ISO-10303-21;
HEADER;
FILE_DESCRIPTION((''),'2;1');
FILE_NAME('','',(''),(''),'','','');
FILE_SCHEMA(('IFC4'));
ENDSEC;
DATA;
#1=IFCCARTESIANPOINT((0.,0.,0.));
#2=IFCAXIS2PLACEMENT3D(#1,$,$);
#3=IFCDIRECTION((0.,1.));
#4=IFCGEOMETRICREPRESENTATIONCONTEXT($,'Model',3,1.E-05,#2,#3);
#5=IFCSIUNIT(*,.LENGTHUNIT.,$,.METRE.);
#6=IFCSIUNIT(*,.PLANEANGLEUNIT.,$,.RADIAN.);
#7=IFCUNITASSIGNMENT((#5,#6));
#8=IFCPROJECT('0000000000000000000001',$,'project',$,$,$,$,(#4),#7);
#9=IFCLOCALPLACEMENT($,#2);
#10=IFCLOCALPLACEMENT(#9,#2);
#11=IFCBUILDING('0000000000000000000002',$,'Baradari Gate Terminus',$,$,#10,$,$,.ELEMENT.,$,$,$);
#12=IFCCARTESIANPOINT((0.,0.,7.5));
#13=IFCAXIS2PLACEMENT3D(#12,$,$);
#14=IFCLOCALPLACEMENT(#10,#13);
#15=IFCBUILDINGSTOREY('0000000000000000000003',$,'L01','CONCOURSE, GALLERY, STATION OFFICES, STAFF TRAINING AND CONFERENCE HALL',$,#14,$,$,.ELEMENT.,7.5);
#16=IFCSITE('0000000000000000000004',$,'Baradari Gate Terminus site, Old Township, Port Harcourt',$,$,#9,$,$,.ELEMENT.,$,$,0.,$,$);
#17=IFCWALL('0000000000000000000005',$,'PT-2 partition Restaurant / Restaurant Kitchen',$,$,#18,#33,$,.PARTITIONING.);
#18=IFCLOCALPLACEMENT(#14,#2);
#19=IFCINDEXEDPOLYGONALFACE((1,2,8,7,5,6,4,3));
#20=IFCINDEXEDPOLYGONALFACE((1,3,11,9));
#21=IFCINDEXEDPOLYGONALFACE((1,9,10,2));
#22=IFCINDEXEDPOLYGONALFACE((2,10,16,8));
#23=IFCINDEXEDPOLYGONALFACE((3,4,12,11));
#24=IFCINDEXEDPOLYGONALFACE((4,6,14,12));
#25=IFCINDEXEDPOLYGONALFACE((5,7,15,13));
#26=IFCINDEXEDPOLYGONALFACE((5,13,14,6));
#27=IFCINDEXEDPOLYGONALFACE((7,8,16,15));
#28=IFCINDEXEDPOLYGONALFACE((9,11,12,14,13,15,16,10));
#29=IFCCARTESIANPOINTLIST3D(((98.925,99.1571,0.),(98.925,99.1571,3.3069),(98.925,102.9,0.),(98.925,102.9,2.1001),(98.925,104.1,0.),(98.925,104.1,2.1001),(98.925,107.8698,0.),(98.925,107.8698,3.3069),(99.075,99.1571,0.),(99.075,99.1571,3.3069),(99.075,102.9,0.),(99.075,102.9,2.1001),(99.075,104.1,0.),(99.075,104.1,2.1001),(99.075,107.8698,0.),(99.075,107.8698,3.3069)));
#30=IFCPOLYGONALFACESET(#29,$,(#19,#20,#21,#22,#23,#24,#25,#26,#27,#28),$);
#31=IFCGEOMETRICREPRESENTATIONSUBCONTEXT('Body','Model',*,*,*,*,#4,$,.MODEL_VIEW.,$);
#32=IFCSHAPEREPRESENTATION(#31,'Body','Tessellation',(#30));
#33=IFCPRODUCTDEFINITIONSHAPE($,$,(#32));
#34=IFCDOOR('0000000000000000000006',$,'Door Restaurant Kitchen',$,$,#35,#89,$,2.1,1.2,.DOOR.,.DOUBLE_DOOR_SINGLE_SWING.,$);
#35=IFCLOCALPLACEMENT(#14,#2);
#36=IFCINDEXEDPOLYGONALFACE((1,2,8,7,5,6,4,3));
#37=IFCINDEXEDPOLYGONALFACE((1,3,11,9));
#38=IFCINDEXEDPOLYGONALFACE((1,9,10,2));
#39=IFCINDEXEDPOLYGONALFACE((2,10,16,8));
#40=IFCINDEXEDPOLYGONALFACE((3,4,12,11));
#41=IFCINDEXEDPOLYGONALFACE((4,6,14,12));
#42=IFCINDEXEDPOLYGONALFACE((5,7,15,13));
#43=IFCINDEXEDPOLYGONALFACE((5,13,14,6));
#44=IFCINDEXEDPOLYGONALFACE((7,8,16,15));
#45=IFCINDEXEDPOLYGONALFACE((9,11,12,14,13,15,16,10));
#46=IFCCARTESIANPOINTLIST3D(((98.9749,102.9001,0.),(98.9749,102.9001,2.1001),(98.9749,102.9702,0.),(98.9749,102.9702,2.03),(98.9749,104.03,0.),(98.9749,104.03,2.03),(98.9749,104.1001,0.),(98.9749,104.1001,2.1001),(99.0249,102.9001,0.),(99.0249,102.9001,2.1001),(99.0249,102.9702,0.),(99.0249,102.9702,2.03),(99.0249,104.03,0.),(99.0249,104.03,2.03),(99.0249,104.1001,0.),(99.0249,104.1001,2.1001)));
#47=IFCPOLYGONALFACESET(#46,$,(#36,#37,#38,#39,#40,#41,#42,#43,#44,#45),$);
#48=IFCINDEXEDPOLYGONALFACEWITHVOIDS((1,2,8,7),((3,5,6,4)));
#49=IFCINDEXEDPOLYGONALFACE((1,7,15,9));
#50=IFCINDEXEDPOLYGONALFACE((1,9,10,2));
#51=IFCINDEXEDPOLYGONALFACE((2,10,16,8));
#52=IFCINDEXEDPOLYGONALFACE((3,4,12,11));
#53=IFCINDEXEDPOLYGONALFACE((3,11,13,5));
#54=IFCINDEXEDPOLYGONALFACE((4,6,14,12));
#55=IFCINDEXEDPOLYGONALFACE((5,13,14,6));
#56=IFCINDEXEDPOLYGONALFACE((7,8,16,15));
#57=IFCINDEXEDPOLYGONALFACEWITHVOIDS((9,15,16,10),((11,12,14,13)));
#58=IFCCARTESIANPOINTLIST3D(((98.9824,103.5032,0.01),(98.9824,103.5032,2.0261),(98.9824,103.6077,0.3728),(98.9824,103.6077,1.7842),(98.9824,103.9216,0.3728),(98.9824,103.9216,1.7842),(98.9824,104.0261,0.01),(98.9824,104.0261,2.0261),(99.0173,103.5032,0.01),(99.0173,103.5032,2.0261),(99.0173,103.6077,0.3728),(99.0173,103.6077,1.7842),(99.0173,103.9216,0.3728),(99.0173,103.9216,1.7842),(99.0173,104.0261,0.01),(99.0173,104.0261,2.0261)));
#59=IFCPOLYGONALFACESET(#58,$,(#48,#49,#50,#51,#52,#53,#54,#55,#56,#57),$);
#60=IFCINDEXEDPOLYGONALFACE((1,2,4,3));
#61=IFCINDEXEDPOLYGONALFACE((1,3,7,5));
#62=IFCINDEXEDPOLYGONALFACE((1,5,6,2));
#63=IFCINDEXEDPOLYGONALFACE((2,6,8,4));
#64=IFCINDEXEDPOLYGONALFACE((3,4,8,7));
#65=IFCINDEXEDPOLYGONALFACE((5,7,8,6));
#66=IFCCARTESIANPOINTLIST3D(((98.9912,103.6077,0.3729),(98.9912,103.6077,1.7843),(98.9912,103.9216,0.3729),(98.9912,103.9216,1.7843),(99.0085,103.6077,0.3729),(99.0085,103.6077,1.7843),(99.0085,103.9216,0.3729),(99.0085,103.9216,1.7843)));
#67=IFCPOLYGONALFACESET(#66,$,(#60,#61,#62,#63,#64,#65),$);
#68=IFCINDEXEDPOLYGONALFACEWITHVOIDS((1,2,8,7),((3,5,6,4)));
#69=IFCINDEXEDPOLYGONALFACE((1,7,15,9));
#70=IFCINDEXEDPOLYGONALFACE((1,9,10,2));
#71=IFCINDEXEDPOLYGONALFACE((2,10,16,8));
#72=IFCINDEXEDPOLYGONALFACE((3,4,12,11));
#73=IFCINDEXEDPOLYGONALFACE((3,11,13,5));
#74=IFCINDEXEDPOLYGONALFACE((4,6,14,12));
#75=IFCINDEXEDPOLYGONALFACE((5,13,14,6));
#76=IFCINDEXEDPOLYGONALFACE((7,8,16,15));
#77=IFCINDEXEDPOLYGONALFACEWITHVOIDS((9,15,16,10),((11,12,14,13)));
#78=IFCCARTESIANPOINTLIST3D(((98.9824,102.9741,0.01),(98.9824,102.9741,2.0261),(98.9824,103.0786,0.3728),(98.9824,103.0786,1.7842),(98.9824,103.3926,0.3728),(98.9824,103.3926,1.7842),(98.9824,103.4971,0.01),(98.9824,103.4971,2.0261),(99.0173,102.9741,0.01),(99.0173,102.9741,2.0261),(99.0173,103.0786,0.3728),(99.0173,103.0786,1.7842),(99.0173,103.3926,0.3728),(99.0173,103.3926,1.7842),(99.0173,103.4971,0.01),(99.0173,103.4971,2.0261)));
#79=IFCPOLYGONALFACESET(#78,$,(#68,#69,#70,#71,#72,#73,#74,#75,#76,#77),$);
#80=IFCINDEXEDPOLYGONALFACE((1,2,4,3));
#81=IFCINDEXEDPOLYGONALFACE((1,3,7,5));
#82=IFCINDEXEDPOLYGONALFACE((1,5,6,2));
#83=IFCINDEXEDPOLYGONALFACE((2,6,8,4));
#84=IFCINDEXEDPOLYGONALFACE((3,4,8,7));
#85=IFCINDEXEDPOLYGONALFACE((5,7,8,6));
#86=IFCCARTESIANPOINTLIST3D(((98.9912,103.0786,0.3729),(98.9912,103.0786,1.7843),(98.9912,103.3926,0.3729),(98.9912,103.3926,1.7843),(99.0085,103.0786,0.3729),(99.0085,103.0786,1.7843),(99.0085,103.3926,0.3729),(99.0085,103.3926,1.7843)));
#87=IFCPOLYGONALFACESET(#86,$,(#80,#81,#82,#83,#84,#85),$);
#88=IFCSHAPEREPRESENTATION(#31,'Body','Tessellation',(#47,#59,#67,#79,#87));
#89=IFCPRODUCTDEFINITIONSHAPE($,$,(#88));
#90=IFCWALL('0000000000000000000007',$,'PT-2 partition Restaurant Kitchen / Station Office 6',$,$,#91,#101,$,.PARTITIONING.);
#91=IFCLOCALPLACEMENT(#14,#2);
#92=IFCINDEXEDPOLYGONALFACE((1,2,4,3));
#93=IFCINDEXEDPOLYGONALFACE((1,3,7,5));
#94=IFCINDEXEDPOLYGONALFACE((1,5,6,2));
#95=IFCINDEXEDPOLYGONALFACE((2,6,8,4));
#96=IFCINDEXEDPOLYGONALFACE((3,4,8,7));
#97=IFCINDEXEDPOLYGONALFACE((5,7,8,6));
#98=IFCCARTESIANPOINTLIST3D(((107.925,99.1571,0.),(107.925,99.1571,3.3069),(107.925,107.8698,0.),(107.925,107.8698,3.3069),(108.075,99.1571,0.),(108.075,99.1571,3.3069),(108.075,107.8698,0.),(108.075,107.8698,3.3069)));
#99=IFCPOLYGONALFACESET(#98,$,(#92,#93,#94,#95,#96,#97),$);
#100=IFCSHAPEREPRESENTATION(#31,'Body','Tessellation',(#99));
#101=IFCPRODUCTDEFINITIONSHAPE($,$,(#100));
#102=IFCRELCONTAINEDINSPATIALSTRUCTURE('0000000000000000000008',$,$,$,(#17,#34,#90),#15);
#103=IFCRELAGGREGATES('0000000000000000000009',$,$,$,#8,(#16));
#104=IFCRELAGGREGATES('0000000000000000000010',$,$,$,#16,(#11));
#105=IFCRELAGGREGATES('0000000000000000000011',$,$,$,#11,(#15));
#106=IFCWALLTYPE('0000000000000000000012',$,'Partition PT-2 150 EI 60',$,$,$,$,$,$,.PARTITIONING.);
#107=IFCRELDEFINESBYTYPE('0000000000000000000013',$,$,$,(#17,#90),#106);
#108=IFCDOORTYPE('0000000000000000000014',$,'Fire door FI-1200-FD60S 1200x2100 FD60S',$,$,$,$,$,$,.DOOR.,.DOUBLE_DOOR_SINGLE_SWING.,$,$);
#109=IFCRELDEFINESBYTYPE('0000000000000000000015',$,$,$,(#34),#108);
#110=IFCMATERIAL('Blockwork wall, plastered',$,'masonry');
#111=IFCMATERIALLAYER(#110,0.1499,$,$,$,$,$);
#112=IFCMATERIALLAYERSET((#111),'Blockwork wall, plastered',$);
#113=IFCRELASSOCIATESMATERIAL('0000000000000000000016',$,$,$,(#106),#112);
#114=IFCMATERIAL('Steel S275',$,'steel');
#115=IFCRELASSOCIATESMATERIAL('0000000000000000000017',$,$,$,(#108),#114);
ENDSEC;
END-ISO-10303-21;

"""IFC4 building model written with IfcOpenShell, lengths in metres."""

from ifc_helpers import new_model, si_unit, direction, frame, frame_2d, origin, place, context, subcontext, project, spatial, polyline, rectangle, outline, extrude, material, layer, layer_set, type_object, element, fill, save


model = new_model("IFC4")

# Units and contexts
model_context = context("Model", 3, precision=1e-05, world=origin(), true_north=direction((0.0, 1.0)))
body_context = subcontext(model_context, "Body", "Model", "MODEL_VIEW")
ifc_project = project(units=[si_unit("LENGTHUNIT", "METRE"), si_unit("PLANEANGLEUNIT", "RADIAN")], contexts=[model_context])

# Site, building, storey
site_placement = place(None, origin())
site = spatial("IfcSite", under=ifc_project, at=site_placement, Name="Baradari Gate Terminus site, Old Township, Port Harcourt", CompositionType="ELEMENT", RefElevation=0.0)
building_placement = place(site_placement, origin())
building = spatial("IfcBuilding", under=site, at=building_placement, Name="Baradari Gate Terminus", CompositionType="ELEMENT")
storey_placement = place(building_placement, frame((0.0, 0.0, 7.5)))
storey = spatial("IfcBuildingStorey", under=building, at=storey_placement, Name="L01", Description="CONCOURSE, GALLERY, STATION OFFICES, STAFF TRAINING AND CONFERENCE HALL", CompositionType="ELEMENT", Elevation=7.5)

# Wall, opening, door
ifc_material_1 = material(Name="Blockwork wall, plastered", Category="masonry")
ifc_layer_1 = layer(ifc_material_1, 0.1499)
ifc_layer_set_1 = layer_set([ifc_layer_1], Name="Blockwork wall, plastered")
wall_type_1 = type_object("IfcWallType", Name="Partition PT-2 150 EI 60", PredefinedType="PARTITIONING", material=ifc_layer_set_1)
wall_1_placement = place(storey_placement, frame((99.0, 107.8699, 0.0), z_axis=(0.0, 0.0, 1.0), x_axis=(0.0, -1.0, 0.0)))
wall_1 = element("IfcWall", 1, at=wall_1_placement, inside=storey, type_object=wall_type_1, Name="PT-2 partition Restaurant / Restaurant Kitchen", PredefinedType="PARTITIONING", context=body_context, shape_type="SweptSolid", body=[
    extrude(rectangle(XDim=8.7126, YDim=0.1499, at=frame_2d((4.3564, 0.0))), origin(), (0.0, 0.0, 1.0), 3.3069),
])
opening_1_placement = place(wall_1_placement, frame((3.7698, 0.0, 0.0)))
opening_1 = element("IfcOpeningElement", 2, at=opening_1_placement, cuts=wall_1, PredefinedType="OPENING", context=body_context, shape_type="SweptSolid", body=[
    extrude(rectangle(XDim=1.2, YDim=2.1001, at=frame_2d((0.6001, 1.05))), frame((0.0, 0.085, 0.0), z_axis=(0.0, -1.0, 0.0), x_axis=(1.0, 0.0, 0.0)), (0.0, 0.0, 1.0), 0.1699),
])
ifc_material_2 = material(Name="Steel S275", Category="steel")
door_type = type_object("IfcDoorType", Name="Fire door FI-1200-FD60S 1200x2100 FD60S", OperationType="DOUBLE_DOOR_SINGLE_SWING", PredefinedType="DOOR", material=ifc_material_2)
door_placement = place(opening_1_placement, origin())
door = element("IfcDoor", 3, at=door_placement, inside=storey, type_object=door_type, Name="Door Restaurant Kitchen", OperationType="DOUBLE_DOOR_SINGLE_SWING", OverallHeight=2.1, OverallWidth=1.2, PredefinedType="DOOR", context=body_context, shape_type="SweptSolid", body=[
    extrude(outline(polyline([(0.0, 0.0), (0.0701, 0.0), (0.0701, 2.03), (1.1299, 2.03), (1.1299, 0.0), (1.2, 0.0), (1.2, 2.1001), (0.0, 2.1001), (0.0, 0.0)])), frame((0.0, 0.0249, 0.0), z_axis=(0.0, -1.0, 0.0), x_axis=(1.0, 0.0, 0.0)), (0.0, 0.0, 1.0), 0.05),
    extrude(outline(polyline([(0.074, 0.01), (0.5969, 0.01), (0.5969, 2.0261), (0.074, 2.0261), (0.074, 0.01)]), holes=[polyline([(0.1785, 0.3728), (0.4924, 0.3728), (0.4924, 1.7842), (0.1785, 1.7842), (0.1785, 0.3728)])]), frame((0.0, 0.0173, 0.0), z_axis=(0.0, -1.0, 0.0), x_axis=(1.0, 0.0, 0.0)), (0.0, 0.0, 1.0), 0.0349),
    extrude(rectangle(XDim=0.314, YDim=1.4114, at=frame_2d((0.3354, 1.0786))), frame((0.0, 0.0085, 0.0), z_axis=(0.0, -1.0, 0.0), x_axis=(1.0, 0.0, 0.0)), (0.0, 0.0, 1.0), 0.0173),
    extrude(outline(polyline([(0.603, 0.01), (1.126, 0.01), (1.126, 2.0261), (0.603, 2.0261), (0.603, 0.01)]), holes=[polyline([(0.7075, 0.3728), (1.0215, 0.3728), (1.0215, 1.7842), (0.7075, 1.7842), (0.7075, 0.3728)])]), frame((0.0, 0.0173, 0.0), z_axis=(0.0, -1.0, 0.0), x_axis=(1.0, 0.0, 0.0)), (0.0, 0.0, 1.0), 0.0349),
    extrude(rectangle(XDim=0.314, YDim=1.4114, at=frame_2d((0.8645, 1.0786))), frame((0.0, 0.0085, 0.0), z_axis=(0.0, -1.0, 0.0), x_axis=(1.0, 0.0, 0.0)), (0.0, 0.0, 1.0), 0.0173),
])
fill(opening_1, door)

# Wall
wall_2_placement = place(storey_placement, frame((108.0, 107.8699, 0.0), z_axis=(0.0, 0.0, 1.0), x_axis=(0.0, -1.0, 0.0)))
element("IfcWall", 4, at=wall_2_placement, inside=storey, type_object=wall_type_1, Name="PT-2 partition Restaurant Kitchen / Station Office 6", PredefinedType="PARTITIONING", context=body_context, shape_type="SweptSolid", body=[
    extrude(rectangle(XDim=8.7126, YDim=0.1499, at=frame_2d((4.3564, 0.0))), origin(), (0.0, 0.0, 1.0), 3.3069),
])

save(model, "model.ifc")
